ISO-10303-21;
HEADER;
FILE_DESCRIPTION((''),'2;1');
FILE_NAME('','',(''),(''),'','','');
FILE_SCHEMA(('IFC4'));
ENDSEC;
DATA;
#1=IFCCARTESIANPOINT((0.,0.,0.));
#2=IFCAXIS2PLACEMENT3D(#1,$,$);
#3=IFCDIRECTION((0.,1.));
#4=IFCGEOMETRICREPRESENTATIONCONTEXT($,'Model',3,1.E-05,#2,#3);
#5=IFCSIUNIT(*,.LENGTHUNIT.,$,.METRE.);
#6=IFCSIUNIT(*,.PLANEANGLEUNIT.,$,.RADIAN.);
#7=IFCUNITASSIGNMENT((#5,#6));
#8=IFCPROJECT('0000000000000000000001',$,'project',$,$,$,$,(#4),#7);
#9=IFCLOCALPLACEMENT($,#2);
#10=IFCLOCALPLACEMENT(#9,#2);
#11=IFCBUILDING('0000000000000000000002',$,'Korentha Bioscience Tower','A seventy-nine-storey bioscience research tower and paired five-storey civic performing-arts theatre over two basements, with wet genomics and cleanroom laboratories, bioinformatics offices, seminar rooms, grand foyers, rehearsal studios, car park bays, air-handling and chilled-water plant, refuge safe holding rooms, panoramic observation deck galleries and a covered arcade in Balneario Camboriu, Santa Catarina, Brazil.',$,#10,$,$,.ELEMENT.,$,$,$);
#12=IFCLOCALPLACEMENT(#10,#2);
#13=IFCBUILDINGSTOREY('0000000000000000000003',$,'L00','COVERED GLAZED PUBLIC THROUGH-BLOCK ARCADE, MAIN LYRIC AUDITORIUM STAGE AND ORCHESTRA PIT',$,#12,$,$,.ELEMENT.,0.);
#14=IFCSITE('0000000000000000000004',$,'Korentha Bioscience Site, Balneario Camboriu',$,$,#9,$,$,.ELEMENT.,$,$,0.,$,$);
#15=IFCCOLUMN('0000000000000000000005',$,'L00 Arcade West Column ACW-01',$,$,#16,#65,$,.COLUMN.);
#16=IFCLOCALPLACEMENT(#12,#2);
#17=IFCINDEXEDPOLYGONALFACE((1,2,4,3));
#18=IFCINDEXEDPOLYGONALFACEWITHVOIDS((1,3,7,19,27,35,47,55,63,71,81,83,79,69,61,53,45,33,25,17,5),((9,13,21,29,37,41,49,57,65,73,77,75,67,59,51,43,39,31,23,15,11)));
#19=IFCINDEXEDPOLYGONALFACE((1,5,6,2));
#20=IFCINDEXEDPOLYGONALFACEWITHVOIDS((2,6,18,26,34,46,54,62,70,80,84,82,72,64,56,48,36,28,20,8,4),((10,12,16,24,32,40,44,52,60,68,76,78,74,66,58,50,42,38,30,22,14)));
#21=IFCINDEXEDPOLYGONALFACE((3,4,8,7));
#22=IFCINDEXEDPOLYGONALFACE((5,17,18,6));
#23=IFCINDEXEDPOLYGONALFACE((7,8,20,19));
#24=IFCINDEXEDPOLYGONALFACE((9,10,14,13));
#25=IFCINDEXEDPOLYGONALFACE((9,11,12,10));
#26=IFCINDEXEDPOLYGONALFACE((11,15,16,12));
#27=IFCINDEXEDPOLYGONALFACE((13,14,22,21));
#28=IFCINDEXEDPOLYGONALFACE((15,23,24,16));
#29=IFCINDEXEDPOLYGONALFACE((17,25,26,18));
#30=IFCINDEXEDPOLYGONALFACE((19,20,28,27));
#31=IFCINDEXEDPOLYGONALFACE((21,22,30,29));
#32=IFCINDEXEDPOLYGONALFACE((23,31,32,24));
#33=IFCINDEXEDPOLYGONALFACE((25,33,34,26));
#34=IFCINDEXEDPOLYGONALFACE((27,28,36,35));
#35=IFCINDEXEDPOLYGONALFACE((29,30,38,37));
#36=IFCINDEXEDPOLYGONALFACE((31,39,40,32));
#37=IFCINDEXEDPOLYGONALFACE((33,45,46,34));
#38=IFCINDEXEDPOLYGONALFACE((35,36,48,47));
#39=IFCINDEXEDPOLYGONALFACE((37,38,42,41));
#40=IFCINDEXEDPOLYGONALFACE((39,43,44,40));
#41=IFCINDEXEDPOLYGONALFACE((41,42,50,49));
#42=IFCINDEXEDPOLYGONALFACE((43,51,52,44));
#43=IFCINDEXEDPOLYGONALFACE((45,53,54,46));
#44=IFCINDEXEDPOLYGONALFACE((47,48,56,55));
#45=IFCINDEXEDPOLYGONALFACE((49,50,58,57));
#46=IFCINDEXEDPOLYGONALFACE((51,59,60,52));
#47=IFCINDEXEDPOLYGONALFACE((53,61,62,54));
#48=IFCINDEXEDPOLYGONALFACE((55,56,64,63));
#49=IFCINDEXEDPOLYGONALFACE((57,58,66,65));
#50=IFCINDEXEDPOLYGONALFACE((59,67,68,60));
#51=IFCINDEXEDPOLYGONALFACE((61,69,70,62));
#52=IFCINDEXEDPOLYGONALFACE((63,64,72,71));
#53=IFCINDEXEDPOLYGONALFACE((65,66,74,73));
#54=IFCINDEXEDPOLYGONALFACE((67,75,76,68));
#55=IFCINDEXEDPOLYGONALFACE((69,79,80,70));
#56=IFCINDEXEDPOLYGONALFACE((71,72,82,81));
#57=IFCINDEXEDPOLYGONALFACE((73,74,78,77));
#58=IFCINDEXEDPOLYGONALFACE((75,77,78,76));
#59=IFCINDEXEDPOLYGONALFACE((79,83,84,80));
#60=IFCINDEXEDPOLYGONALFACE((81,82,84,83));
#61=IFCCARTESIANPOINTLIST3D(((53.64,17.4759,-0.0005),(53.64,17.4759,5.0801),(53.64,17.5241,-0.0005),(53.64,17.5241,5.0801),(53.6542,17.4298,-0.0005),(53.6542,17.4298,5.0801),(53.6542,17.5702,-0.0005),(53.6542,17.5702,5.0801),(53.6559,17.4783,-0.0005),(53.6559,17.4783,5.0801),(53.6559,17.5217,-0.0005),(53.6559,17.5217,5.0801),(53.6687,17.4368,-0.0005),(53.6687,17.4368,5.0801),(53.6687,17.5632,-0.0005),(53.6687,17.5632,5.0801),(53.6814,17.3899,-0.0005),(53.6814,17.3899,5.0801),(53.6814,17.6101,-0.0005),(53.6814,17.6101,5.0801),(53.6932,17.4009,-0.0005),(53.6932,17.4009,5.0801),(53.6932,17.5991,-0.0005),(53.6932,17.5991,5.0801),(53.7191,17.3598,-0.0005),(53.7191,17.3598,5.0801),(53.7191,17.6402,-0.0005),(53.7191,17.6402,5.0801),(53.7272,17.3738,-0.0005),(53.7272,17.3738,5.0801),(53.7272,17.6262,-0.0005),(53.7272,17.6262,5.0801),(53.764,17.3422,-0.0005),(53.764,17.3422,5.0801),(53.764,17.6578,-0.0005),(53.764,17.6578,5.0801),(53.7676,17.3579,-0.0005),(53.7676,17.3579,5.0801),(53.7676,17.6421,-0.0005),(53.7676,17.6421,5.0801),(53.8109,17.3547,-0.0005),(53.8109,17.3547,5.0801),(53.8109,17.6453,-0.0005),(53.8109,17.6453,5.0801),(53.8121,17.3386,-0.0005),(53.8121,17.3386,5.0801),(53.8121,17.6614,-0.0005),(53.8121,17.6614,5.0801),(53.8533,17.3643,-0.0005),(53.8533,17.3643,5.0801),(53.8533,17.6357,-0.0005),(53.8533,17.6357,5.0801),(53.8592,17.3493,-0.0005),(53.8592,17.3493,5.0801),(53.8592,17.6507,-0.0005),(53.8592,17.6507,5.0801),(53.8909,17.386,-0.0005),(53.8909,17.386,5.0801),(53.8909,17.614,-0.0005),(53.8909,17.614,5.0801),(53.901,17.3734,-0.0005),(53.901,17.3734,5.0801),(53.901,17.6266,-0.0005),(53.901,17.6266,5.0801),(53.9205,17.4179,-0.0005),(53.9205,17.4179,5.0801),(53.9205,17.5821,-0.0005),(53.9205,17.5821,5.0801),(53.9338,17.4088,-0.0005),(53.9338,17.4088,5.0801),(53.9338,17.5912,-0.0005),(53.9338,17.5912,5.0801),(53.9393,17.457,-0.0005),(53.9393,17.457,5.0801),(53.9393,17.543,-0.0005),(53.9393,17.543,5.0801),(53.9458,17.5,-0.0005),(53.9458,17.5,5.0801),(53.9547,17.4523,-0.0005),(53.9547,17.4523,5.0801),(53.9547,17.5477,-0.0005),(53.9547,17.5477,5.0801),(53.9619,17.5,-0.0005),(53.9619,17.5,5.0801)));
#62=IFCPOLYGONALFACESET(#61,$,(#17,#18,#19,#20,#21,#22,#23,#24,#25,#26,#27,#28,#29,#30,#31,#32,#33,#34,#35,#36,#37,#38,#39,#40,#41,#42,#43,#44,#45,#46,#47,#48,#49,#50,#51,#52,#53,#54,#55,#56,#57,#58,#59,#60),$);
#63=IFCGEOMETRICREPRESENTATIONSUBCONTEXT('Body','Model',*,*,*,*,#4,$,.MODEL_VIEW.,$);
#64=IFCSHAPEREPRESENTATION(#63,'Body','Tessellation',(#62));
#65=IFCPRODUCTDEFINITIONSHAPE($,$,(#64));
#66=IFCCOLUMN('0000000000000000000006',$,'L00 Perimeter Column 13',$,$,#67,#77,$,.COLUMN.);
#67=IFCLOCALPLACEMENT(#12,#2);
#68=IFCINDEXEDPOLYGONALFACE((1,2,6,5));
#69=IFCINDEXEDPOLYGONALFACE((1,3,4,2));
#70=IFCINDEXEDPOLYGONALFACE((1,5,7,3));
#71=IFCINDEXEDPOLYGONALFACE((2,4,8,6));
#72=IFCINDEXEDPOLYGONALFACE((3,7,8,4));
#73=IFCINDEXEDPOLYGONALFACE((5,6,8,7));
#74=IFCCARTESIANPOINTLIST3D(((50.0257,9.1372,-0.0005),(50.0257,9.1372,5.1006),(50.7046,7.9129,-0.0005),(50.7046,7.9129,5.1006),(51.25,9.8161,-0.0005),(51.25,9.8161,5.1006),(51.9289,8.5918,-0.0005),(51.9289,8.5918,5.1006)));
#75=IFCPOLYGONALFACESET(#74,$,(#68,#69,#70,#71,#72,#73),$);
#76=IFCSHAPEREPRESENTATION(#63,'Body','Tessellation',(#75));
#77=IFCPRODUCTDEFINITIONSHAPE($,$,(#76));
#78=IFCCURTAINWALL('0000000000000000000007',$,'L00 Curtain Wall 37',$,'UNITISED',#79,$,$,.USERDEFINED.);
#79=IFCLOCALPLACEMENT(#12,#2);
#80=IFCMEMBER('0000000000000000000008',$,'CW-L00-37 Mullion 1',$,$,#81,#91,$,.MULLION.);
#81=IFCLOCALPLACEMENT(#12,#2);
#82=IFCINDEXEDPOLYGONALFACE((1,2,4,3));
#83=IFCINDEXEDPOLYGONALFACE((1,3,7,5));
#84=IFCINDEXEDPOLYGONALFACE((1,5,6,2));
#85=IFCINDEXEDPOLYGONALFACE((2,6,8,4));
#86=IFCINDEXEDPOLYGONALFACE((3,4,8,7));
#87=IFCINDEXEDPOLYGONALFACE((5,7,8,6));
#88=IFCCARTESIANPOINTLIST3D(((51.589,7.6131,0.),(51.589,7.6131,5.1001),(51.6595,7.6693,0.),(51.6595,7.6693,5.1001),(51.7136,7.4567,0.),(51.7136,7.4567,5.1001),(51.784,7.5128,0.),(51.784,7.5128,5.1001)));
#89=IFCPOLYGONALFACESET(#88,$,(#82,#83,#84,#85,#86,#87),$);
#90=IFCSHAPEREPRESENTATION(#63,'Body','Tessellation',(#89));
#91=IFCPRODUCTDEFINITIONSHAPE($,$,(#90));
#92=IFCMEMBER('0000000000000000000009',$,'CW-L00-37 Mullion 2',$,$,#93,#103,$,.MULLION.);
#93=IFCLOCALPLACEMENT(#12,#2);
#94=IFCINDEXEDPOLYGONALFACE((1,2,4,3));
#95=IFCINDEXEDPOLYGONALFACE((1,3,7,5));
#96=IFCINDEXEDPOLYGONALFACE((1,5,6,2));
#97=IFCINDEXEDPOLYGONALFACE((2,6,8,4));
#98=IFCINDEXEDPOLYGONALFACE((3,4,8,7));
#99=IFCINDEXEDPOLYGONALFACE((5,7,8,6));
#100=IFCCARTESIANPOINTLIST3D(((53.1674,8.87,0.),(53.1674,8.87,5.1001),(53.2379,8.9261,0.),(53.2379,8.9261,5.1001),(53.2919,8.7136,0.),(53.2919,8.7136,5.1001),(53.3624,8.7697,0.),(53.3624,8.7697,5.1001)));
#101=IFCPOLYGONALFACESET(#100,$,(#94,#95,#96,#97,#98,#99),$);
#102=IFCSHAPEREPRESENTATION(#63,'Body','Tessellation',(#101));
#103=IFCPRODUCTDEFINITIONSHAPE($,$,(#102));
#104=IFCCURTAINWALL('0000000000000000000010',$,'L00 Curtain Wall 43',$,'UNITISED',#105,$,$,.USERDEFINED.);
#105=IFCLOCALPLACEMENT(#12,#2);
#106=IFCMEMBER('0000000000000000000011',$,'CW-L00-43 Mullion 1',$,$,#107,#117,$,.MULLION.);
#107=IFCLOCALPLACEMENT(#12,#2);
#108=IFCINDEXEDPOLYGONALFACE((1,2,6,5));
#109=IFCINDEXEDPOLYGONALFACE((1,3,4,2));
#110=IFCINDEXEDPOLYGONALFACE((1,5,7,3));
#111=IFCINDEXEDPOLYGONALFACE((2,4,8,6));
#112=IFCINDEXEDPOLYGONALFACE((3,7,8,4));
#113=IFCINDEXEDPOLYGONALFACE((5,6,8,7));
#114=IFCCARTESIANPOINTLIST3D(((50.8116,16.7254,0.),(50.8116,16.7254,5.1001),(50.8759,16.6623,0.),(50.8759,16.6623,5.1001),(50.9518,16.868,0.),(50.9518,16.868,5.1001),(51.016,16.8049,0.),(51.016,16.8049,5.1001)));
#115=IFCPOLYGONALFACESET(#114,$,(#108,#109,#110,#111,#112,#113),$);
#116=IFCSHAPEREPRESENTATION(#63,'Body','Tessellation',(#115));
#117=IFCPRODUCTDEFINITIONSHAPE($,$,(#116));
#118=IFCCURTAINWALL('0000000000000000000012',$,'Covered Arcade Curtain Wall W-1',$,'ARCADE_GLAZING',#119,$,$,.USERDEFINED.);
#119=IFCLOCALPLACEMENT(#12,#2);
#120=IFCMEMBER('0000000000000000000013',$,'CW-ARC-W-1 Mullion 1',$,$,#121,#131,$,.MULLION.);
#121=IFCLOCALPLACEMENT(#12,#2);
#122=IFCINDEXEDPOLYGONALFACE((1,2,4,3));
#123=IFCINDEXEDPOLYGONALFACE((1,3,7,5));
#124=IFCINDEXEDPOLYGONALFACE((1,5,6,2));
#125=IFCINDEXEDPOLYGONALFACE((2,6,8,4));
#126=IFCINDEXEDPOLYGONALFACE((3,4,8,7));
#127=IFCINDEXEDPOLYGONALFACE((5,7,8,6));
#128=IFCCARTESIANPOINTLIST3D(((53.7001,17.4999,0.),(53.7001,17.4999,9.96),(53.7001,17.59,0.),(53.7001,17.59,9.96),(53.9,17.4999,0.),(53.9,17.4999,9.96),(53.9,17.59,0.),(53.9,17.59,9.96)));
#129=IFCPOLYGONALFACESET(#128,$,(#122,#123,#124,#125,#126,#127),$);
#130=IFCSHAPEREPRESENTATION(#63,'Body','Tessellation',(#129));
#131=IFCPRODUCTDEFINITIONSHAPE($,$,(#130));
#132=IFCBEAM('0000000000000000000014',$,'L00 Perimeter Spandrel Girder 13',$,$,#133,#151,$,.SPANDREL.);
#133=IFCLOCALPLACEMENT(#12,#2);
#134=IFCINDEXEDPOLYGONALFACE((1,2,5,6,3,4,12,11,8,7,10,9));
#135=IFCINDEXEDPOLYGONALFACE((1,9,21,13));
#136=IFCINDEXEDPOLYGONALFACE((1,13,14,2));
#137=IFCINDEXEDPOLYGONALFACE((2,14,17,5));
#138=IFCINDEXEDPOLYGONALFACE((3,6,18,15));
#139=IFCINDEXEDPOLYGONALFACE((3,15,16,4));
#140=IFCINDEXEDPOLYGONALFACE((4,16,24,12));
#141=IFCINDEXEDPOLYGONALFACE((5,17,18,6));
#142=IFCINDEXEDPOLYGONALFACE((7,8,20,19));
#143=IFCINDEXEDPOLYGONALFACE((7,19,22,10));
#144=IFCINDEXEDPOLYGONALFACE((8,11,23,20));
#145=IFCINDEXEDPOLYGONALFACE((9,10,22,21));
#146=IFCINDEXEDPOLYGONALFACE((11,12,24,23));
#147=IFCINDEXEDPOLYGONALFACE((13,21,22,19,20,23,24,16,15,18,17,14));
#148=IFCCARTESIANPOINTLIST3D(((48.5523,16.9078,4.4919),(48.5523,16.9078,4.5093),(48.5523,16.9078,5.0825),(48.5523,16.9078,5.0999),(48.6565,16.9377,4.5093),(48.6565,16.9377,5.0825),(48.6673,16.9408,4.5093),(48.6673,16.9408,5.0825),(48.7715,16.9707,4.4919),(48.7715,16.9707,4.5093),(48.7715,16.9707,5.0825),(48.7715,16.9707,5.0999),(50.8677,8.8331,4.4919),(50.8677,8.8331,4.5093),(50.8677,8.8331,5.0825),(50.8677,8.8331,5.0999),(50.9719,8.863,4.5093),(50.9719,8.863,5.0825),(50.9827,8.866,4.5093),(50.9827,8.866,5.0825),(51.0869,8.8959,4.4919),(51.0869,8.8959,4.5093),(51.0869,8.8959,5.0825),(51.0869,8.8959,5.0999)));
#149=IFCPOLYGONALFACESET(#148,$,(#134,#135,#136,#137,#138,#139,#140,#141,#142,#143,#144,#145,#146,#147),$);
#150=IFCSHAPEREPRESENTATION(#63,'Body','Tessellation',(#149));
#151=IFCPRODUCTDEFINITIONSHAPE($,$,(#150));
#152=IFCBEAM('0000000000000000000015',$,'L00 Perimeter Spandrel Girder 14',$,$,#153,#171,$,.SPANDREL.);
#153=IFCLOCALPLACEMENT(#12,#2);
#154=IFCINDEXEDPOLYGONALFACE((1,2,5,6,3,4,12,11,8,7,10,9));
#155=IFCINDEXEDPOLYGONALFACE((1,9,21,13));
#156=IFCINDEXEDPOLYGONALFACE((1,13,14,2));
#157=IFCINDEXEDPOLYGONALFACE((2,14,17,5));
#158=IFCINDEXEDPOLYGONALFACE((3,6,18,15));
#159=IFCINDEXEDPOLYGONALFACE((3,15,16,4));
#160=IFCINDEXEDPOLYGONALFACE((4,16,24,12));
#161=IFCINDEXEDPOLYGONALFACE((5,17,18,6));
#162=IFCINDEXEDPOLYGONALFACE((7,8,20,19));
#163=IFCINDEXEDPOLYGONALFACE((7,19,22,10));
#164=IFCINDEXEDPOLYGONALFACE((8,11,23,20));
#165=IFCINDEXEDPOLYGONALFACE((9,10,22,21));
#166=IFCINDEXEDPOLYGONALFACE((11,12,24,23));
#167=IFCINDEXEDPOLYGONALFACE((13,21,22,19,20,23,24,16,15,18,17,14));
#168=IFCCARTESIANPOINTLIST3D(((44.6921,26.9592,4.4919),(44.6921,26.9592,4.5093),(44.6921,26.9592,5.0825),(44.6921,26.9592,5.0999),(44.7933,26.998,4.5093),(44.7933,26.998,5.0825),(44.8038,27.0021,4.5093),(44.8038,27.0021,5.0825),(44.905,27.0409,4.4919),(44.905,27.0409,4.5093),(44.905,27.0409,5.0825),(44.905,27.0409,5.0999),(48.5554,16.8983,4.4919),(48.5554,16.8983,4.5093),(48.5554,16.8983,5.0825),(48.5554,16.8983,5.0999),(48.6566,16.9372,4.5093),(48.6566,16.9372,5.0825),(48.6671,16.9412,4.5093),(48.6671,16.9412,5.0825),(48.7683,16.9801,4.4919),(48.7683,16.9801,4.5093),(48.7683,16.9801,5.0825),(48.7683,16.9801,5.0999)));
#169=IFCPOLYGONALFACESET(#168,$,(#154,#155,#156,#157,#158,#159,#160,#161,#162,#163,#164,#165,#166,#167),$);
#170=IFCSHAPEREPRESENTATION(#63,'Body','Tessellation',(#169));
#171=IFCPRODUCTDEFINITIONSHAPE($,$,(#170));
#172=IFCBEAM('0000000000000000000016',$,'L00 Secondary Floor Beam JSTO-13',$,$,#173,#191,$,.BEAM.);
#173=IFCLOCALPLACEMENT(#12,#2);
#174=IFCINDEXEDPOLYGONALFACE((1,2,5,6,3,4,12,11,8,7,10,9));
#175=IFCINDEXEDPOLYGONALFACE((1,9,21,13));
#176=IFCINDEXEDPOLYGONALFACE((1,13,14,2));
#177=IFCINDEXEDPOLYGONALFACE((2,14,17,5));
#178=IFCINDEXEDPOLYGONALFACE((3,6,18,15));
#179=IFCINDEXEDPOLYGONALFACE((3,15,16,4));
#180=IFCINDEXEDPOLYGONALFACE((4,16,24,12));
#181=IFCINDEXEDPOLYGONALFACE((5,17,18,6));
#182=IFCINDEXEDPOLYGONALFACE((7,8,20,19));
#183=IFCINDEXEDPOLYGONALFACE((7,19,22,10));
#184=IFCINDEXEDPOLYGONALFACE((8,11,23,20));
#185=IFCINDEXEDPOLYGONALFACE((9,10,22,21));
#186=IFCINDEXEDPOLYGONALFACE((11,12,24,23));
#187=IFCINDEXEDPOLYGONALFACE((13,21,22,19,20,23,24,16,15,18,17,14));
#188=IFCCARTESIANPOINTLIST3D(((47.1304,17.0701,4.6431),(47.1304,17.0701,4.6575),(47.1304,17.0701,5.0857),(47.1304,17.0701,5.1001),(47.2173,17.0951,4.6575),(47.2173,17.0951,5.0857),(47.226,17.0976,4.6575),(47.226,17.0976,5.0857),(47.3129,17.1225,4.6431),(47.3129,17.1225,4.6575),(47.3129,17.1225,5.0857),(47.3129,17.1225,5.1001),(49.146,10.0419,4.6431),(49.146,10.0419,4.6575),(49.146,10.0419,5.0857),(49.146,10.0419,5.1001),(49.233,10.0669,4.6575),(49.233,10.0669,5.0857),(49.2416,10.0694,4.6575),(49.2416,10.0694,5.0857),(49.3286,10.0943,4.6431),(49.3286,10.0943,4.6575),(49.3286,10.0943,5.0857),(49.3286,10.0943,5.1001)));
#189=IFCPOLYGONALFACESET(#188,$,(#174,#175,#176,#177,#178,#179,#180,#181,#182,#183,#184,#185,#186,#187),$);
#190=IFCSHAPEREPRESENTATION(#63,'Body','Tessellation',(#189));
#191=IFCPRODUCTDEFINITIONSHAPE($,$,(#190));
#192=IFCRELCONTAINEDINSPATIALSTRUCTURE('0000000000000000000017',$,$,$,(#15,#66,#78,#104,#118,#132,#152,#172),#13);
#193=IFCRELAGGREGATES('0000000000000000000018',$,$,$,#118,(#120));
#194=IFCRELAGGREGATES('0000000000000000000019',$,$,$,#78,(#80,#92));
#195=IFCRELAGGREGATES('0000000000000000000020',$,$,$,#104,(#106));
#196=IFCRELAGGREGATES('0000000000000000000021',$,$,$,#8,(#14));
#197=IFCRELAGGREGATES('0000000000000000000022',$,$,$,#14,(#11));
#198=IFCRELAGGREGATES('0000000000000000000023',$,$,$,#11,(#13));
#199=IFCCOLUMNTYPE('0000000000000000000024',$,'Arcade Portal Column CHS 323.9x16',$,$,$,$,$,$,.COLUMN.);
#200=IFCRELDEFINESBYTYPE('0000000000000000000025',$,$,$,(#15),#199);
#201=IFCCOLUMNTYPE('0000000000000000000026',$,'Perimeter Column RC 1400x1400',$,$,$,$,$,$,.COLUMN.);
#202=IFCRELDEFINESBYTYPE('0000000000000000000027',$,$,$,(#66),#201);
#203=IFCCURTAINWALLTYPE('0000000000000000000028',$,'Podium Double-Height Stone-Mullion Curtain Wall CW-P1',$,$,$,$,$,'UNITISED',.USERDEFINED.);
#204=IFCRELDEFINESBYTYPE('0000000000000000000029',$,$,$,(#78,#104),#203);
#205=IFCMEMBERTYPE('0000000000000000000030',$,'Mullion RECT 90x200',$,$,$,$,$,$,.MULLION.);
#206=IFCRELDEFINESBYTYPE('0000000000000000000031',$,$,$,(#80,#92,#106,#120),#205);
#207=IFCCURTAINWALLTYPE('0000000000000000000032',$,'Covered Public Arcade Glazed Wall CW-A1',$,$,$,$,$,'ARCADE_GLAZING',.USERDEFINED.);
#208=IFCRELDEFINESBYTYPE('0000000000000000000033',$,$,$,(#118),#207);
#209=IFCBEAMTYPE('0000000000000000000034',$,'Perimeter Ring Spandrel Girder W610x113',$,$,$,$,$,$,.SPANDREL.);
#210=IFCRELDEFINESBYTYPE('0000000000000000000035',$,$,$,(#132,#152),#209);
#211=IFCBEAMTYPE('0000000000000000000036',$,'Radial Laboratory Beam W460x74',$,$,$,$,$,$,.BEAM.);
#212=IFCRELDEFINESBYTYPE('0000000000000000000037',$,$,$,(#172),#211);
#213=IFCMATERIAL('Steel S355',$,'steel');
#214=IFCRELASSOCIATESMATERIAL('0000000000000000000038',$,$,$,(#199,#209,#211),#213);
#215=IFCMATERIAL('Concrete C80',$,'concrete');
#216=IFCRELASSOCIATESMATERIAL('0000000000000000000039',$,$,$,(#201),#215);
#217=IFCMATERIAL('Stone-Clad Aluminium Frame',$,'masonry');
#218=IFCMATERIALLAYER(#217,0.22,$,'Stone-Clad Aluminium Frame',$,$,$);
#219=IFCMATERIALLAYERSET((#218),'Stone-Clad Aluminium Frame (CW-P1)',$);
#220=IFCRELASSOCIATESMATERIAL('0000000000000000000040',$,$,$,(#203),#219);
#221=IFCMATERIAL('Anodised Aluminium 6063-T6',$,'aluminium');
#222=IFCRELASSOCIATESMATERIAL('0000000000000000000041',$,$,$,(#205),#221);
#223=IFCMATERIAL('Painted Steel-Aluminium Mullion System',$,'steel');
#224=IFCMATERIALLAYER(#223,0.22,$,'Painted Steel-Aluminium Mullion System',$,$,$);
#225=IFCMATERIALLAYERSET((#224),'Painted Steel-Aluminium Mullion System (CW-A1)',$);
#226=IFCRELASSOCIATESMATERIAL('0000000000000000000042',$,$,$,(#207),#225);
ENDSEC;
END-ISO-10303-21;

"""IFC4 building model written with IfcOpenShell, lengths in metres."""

from ifc_helpers import new_model, si_unit, direction, frame, origin, origin_2d, place, context, subcontext, project, spatial, rectangle, hollow_circle, i_section, extrude, material, layer, layer_set, material_profile, profile_set, type_object, element, aggregate, save


model = new_model("IFC4")

# Units and contexts
model_context = context("Model", 3, precision=1e-05, world=origin(), true_north=direction((0.0, 1.0)))
body_context = subcontext(model_context, "Body", "Model", "MODEL_VIEW")
ifc_project = project(units=[si_unit("LENGTHUNIT", "METRE"), si_unit("PLANEANGLEUNIT", "RADIAN")], contexts=[model_context])

# Site, building, storey
site_placement = place(None, origin())
site = spatial("IfcSite", under=ifc_project, at=site_placement, Name="Korentha Bioscience Site, Balneario Camboriu", CompositionType="ELEMENT", RefElevation=0.0)
building_placement = place(site_placement, origin())
building = spatial("IfcBuilding", under=site, at=building_placement, Name="Korentha Bioscience Tower", Description="A seventy-nine-storey bioscience research tower and paired five-storey civic performing-arts theatre over two basements, with wet genomics and cleanroom laboratories, bioinformatics offices, seminar rooms, grand foyers, rehearsal studios, car park bays, air-handling and chilled-water plant, refuge safe holding rooms, panoramic observation deck galleries and a covered arcade in Balneario Camboriu, Santa Catarina, Brazil.", CompositionType="ELEMENT")
storey_placement = place(building_placement, origin())
storey = spatial("IfcBuildingStorey", under=building, at=storey_placement, Name="L00", Description="COVERED GLAZED PUBLIC THROUGH-BLOCK ARCADE, MAIN LYRIC AUDITORIUM STAGE AND ORCHESTRA PIT", CompositionType="ELEMENT", Elevation=0.0)

# Columns
ifc_material_1 = material(Name="Steel S355", Category="steel")
ifc_material_profile_1 = material_profile(ifc_material_1, hollow_circle(Radius=0.1619, WallThickness=0.0161, at=origin_2d()), Name="Steel S355")
ifc_profile_set_1 = profile_set([ifc_material_profile_1], Name="Steel S355 (AC-01)")
column_type_1 = type_object("IfcColumnType", Name="Arcade Portal Column CHS 323.9x16", PredefinedType="COLUMN", material=ifc_profile_set_1)
column_1_placement = place(storey_placement, frame((53.8, 17.5, -0.0005), z_axis=(0.0, 0.0, 1.0), x_axis=(1.0, 0.0, 0.0)))
element("IfcColumn", 1, at=column_1_placement, inside=storey, type_object=column_type_1, Name="L00 Arcade West Column ACW-01", PredefinedType="COLUMN", context=body_context, shape_type="SweptSolid", body=[
    extrude(hollow_circle(Radius=0.1619, WallThickness=0.0161, at=origin_2d()), origin(), (0.0, 0.0, 1.0), 5.0806),
])
ifc_material_2 = material(Name="Concrete C80", Category="concrete")
ifc_material_profile_2 = material_profile(ifc_material_2, rectangle(XDim=1.3999, YDim=1.3999, at=origin_2d()), Name="Concrete C80")
ifc_profile_set_2 = profile_set([ifc_material_profile_2], Name="Concrete C80 (COL-P14)")
column_type_2 = type_object("IfcColumnType", Name="Perimeter Column RC 1400x1400", PredefinedType="COLUMN", material=ifc_profile_set_2)
column_2_placement = place(storey_placement, frame((50.9773, 8.8645, -0.0005), z_axis=(0.0, 0.0, 1.0), x_axis=(0.874535, 0.484962, 0.0)))
element("IfcColumn", 2, at=column_2_placement, inside=storey, type_object=column_type_2, Name="L00 Perimeter Column 13", PredefinedType="COLUMN", context=body_context, shape_type="SweptSolid", body=[
    extrude(rectangle(XDim=1.3999, YDim=1.3999, at=origin_2d()), origin(), (0.0, 0.0, 1.0), 5.1011),
])

# Curtain wall, members
ifc_material_3 = material(Name="Stone-Clad Aluminium Frame", Category="masonry")
ifc_layer_1 = layer(ifc_material_3, 0.22, Name="Stone-Clad Aluminium Frame")
ifc_layer_set_1 = layer_set([ifc_layer_1], Name="Stone-Clad Aluminium Frame (CW-P1)")
curtain_wall_type_1 = type_object("IfcCurtainWallType", Name="Podium Double-Height Stone-Mullion Curtain Wall CW-P1", ElementType="UNITISED", PredefinedType="USERDEFINED", material=ifc_layer_set_1)
curtain_wall_1_placement = place(storey_placement, origin())
curtain_wall_1 = element("IfcCurtainWall", 3, at=curtain_wall_1_placement, inside=storey, type_object=curtain_wall_type_1, Name="L00 Curtain Wall 37", ObjectType="UNITISED", PredefinedType="USERDEFINED")
ifc_material_4 = material(Name="Anodised Aluminium 6063-T6", Category="aluminium")
ifc_material_profile_3 = material_profile(ifc_material_4, rectangle(XDim=0.0901, YDim=0.2, at=origin_2d()), Name="Anodised Aluminium 6063-T6")
ifc_profile_set_3 = profile_set([ifc_material_profile_3], Name="Anodised Aluminium 6063-T6 (CW-MUL)")
member_type_1 = type_object("IfcMemberType", Name="Mullion RECT 90x200", PredefinedType="MULLION", material=ifc_profile_set_3)
member_1_placement = place(storey_placement, frame((51.6865, 7.563, 0.0), z_axis=(0.0, 0.0, 1.0), x_axis=(0.782288, 0.622917, 0.0)))
member_1 = element("IfcMember", 4, at=member_1_placement, type_object=member_type_1, Name="CW-L00-37 Mullion 1", PredefinedType="MULLION", context=body_context, shape_type="SweptSolid", body=[
    extrude(rectangle(XDim=0.0901, YDim=0.2, at=origin_2d()), origin(), (0.0, 0.0, 1.0), 5.1001),
])
member_2_placement = place(storey_placement, frame((53.2649, 8.8198, 0.0), z_axis=(0.0, 0.0, 1.0), x_axis=(0.782288, 0.622917, 0.0)))
member_2 = element("IfcMember", 5, at=member_2_placement, type_object=member_type_1, Name="CW-L00-37 Mullion 2", PredefinedType="MULLION", context=body_context, shape_type="SweptSolid", body=[
    extrude(rectangle(XDim=0.0901, YDim=0.2, at=origin_2d()), origin(), (0.0, 0.0, 1.0), 5.1001),
])

# Curtain walls, members
curtain_wall_2_placement = place(storey_placement, origin())
curtain_wall_2 = element("IfcCurtainWall", 6, at=curtain_wall_2_placement, inside=storey, type_object=curtain_wall_type_1, Name="L00 Curtain Wall 43", ObjectType="UNITISED", PredefinedType="USERDEFINED")
member_3_placement = place(storey_placement, frame((50.9138, 16.7651, 0.0), z_axis=(0.0, 0.0, 1.0), x_axis=(-0.713279, 0.70088, 0.0)))
member_3 = element("IfcMember", 7, at=member_3_placement, type_object=member_type_1, Name="CW-L00-43 Mullion 1", PredefinedType="MULLION", context=body_context, shape_type="SweptSolid", body=[
    extrude(rectangle(XDim=0.0901, YDim=0.2, at=origin_2d()), origin(), (0.0, 0.0, 1.0), 5.1001),
])
ifc_material_5 = material(Name="Painted Steel-Aluminium Mullion System", Category="steel")
ifc_layer_2 = layer(ifc_material_5, 0.22, Name="Painted Steel-Aluminium Mullion System")
ifc_layer_set_2 = layer_set([ifc_layer_2], Name="Painted Steel-Aluminium Mullion System (CW-A1)")
curtain_wall_type_2 = type_object("IfcCurtainWallType", Name="Covered Public Arcade Glazed Wall CW-A1", ElementType="ARCADE_GLAZING", PredefinedType="USERDEFINED", material=ifc_layer_set_2)
curtain_wall_3_placement = place(storey_placement, origin())
curtain_wall_3 = element("IfcCurtainWall", 8, at=curtain_wall_3_placement, inside=storey, type_object=curtain_wall_type_2, Name="Covered Arcade Curtain Wall W-1", ObjectType="ARCADE_GLAZING", PredefinedType="USERDEFINED")
member_4_placement = place(storey_placement, frame((53.8, 17.5449, 0.0), z_axis=(0.0, 0.0, 1.0), x_axis=(0.0, 1.0, 0.0)))
member_4 = element("IfcMember", 9, at=member_4_placement, type_object=member_type_1, Name="CW-ARC-W-1 Mullion 1", PredefinedType="MULLION", context=body_context, shape_type="SweptSolid", body=[
    extrude(rectangle(XDim=0.0901, YDim=0.2, at=origin_2d()), origin(), (0.0, 0.0, 1.0), 9.96),
])

# Beams
ifc_material_profile_4 = material_profile(ifc_material_1, i_section(OverallWidth=0.228, OverallDepth=0.6079, WebThickness=0.0112, FlangeThickness=0.0173, at=origin_2d()), Name="Steel S355")
ifc_profile_set_4 = profile_set([ifc_material_profile_4], Name="Steel S355 (SB-610)")
beam_type_1 = type_object("IfcBeamType", Name="Perimeter Ring Spandrel Girder W610x113", PredefinedType="SPANDREL", material=ifc_profile_set_4)
beam_1_placement = place(storey_placement, frame((50.9773, 8.8645, 4.7959), z_axis=(-0.275642, 0.96126, 0.0), x_axis=(-0.96126, -0.275642, 0.0)))
element("IfcBeam", 10, at=beam_1_placement, inside=storey, type_object=beam_type_1, Name="L00 Perimeter Spandrel Girder 13", PredefinedType="SPANDREL", context=body_context, shape_type="SweptSolid", body=[
    extrude(i_section(OverallWidth=0.228, OverallDepth=0.6079, WebThickness=0.0112, FlangeThickness=0.0173, at=origin_2d()), origin(), (0.0, 0.0, 1.0), 8.4001),
])
beam_2_placement = place(storey_placement, frame((48.6619, 16.9392, 4.7959), z_axis=(-0.358474, 0.93354, 0.0), x_axis=(-0.93354, -0.358474, 0.0)))
element("IfcBeam", 11, at=beam_2_placement, inside=storey, type_object=beam_type_1, Name="L00 Perimeter Spandrel Girder 14", PredefinedType="SPANDREL", context=body_context, shape_type="SweptSolid", body=[
    extrude(i_section(OverallWidth=0.228, OverallDepth=0.6079, WebThickness=0.0112, FlangeThickness=0.0173, at=origin_2d()), origin(), (0.0, 0.0, 1.0), 10.7771),
])
ifc_material_profile_5 = material_profile(ifc_material_1, i_section(OverallWidth=0.1899, OverallDepth=0.457, WebThickness=0.009, FlangeThickness=0.0144, at=origin_2d()), Name="Steel S355")
ifc_profile_set_5 = profile_set([ifc_material_profile_5], Name="Steel S355 (RB-460)")
beam_type_2 = type_object("IfcBeamType", Name="Radial Laboratory Beam W460x74", PredefinedType="BEAM", material=ifc_profile_set_5)
beam_3_placement = place(storey_placement, frame((49.2373, 10.0681, 4.8716), z_axis=(-0.275682, 0.961249, 0.0), x_axis=(-0.961249, -0.275682, 0.0)))
element("IfcBeam", 12, at=beam_3_placement, inside=storey, type_object=beam_type_2, Name="L00 Secondary Floor Beam JSTO-13", PredefinedType="BEAM", context=body_context, shape_type="SweptSolid", body=[
    extrude(i_section(OverallWidth=0.1899, OverallDepth=0.457, WebThickness=0.009, FlangeThickness=0.0144, at=origin_2d()), origin(), (0.0, 0.0, 1.0), 7.3115),
])

aggregate(curtain_wall_3, [member_4])

aggregate(curtain_wall_1, [member_1, member_2])
aggregate(curtain_wall_2, [member_3])

save(model, "model.ifc")
